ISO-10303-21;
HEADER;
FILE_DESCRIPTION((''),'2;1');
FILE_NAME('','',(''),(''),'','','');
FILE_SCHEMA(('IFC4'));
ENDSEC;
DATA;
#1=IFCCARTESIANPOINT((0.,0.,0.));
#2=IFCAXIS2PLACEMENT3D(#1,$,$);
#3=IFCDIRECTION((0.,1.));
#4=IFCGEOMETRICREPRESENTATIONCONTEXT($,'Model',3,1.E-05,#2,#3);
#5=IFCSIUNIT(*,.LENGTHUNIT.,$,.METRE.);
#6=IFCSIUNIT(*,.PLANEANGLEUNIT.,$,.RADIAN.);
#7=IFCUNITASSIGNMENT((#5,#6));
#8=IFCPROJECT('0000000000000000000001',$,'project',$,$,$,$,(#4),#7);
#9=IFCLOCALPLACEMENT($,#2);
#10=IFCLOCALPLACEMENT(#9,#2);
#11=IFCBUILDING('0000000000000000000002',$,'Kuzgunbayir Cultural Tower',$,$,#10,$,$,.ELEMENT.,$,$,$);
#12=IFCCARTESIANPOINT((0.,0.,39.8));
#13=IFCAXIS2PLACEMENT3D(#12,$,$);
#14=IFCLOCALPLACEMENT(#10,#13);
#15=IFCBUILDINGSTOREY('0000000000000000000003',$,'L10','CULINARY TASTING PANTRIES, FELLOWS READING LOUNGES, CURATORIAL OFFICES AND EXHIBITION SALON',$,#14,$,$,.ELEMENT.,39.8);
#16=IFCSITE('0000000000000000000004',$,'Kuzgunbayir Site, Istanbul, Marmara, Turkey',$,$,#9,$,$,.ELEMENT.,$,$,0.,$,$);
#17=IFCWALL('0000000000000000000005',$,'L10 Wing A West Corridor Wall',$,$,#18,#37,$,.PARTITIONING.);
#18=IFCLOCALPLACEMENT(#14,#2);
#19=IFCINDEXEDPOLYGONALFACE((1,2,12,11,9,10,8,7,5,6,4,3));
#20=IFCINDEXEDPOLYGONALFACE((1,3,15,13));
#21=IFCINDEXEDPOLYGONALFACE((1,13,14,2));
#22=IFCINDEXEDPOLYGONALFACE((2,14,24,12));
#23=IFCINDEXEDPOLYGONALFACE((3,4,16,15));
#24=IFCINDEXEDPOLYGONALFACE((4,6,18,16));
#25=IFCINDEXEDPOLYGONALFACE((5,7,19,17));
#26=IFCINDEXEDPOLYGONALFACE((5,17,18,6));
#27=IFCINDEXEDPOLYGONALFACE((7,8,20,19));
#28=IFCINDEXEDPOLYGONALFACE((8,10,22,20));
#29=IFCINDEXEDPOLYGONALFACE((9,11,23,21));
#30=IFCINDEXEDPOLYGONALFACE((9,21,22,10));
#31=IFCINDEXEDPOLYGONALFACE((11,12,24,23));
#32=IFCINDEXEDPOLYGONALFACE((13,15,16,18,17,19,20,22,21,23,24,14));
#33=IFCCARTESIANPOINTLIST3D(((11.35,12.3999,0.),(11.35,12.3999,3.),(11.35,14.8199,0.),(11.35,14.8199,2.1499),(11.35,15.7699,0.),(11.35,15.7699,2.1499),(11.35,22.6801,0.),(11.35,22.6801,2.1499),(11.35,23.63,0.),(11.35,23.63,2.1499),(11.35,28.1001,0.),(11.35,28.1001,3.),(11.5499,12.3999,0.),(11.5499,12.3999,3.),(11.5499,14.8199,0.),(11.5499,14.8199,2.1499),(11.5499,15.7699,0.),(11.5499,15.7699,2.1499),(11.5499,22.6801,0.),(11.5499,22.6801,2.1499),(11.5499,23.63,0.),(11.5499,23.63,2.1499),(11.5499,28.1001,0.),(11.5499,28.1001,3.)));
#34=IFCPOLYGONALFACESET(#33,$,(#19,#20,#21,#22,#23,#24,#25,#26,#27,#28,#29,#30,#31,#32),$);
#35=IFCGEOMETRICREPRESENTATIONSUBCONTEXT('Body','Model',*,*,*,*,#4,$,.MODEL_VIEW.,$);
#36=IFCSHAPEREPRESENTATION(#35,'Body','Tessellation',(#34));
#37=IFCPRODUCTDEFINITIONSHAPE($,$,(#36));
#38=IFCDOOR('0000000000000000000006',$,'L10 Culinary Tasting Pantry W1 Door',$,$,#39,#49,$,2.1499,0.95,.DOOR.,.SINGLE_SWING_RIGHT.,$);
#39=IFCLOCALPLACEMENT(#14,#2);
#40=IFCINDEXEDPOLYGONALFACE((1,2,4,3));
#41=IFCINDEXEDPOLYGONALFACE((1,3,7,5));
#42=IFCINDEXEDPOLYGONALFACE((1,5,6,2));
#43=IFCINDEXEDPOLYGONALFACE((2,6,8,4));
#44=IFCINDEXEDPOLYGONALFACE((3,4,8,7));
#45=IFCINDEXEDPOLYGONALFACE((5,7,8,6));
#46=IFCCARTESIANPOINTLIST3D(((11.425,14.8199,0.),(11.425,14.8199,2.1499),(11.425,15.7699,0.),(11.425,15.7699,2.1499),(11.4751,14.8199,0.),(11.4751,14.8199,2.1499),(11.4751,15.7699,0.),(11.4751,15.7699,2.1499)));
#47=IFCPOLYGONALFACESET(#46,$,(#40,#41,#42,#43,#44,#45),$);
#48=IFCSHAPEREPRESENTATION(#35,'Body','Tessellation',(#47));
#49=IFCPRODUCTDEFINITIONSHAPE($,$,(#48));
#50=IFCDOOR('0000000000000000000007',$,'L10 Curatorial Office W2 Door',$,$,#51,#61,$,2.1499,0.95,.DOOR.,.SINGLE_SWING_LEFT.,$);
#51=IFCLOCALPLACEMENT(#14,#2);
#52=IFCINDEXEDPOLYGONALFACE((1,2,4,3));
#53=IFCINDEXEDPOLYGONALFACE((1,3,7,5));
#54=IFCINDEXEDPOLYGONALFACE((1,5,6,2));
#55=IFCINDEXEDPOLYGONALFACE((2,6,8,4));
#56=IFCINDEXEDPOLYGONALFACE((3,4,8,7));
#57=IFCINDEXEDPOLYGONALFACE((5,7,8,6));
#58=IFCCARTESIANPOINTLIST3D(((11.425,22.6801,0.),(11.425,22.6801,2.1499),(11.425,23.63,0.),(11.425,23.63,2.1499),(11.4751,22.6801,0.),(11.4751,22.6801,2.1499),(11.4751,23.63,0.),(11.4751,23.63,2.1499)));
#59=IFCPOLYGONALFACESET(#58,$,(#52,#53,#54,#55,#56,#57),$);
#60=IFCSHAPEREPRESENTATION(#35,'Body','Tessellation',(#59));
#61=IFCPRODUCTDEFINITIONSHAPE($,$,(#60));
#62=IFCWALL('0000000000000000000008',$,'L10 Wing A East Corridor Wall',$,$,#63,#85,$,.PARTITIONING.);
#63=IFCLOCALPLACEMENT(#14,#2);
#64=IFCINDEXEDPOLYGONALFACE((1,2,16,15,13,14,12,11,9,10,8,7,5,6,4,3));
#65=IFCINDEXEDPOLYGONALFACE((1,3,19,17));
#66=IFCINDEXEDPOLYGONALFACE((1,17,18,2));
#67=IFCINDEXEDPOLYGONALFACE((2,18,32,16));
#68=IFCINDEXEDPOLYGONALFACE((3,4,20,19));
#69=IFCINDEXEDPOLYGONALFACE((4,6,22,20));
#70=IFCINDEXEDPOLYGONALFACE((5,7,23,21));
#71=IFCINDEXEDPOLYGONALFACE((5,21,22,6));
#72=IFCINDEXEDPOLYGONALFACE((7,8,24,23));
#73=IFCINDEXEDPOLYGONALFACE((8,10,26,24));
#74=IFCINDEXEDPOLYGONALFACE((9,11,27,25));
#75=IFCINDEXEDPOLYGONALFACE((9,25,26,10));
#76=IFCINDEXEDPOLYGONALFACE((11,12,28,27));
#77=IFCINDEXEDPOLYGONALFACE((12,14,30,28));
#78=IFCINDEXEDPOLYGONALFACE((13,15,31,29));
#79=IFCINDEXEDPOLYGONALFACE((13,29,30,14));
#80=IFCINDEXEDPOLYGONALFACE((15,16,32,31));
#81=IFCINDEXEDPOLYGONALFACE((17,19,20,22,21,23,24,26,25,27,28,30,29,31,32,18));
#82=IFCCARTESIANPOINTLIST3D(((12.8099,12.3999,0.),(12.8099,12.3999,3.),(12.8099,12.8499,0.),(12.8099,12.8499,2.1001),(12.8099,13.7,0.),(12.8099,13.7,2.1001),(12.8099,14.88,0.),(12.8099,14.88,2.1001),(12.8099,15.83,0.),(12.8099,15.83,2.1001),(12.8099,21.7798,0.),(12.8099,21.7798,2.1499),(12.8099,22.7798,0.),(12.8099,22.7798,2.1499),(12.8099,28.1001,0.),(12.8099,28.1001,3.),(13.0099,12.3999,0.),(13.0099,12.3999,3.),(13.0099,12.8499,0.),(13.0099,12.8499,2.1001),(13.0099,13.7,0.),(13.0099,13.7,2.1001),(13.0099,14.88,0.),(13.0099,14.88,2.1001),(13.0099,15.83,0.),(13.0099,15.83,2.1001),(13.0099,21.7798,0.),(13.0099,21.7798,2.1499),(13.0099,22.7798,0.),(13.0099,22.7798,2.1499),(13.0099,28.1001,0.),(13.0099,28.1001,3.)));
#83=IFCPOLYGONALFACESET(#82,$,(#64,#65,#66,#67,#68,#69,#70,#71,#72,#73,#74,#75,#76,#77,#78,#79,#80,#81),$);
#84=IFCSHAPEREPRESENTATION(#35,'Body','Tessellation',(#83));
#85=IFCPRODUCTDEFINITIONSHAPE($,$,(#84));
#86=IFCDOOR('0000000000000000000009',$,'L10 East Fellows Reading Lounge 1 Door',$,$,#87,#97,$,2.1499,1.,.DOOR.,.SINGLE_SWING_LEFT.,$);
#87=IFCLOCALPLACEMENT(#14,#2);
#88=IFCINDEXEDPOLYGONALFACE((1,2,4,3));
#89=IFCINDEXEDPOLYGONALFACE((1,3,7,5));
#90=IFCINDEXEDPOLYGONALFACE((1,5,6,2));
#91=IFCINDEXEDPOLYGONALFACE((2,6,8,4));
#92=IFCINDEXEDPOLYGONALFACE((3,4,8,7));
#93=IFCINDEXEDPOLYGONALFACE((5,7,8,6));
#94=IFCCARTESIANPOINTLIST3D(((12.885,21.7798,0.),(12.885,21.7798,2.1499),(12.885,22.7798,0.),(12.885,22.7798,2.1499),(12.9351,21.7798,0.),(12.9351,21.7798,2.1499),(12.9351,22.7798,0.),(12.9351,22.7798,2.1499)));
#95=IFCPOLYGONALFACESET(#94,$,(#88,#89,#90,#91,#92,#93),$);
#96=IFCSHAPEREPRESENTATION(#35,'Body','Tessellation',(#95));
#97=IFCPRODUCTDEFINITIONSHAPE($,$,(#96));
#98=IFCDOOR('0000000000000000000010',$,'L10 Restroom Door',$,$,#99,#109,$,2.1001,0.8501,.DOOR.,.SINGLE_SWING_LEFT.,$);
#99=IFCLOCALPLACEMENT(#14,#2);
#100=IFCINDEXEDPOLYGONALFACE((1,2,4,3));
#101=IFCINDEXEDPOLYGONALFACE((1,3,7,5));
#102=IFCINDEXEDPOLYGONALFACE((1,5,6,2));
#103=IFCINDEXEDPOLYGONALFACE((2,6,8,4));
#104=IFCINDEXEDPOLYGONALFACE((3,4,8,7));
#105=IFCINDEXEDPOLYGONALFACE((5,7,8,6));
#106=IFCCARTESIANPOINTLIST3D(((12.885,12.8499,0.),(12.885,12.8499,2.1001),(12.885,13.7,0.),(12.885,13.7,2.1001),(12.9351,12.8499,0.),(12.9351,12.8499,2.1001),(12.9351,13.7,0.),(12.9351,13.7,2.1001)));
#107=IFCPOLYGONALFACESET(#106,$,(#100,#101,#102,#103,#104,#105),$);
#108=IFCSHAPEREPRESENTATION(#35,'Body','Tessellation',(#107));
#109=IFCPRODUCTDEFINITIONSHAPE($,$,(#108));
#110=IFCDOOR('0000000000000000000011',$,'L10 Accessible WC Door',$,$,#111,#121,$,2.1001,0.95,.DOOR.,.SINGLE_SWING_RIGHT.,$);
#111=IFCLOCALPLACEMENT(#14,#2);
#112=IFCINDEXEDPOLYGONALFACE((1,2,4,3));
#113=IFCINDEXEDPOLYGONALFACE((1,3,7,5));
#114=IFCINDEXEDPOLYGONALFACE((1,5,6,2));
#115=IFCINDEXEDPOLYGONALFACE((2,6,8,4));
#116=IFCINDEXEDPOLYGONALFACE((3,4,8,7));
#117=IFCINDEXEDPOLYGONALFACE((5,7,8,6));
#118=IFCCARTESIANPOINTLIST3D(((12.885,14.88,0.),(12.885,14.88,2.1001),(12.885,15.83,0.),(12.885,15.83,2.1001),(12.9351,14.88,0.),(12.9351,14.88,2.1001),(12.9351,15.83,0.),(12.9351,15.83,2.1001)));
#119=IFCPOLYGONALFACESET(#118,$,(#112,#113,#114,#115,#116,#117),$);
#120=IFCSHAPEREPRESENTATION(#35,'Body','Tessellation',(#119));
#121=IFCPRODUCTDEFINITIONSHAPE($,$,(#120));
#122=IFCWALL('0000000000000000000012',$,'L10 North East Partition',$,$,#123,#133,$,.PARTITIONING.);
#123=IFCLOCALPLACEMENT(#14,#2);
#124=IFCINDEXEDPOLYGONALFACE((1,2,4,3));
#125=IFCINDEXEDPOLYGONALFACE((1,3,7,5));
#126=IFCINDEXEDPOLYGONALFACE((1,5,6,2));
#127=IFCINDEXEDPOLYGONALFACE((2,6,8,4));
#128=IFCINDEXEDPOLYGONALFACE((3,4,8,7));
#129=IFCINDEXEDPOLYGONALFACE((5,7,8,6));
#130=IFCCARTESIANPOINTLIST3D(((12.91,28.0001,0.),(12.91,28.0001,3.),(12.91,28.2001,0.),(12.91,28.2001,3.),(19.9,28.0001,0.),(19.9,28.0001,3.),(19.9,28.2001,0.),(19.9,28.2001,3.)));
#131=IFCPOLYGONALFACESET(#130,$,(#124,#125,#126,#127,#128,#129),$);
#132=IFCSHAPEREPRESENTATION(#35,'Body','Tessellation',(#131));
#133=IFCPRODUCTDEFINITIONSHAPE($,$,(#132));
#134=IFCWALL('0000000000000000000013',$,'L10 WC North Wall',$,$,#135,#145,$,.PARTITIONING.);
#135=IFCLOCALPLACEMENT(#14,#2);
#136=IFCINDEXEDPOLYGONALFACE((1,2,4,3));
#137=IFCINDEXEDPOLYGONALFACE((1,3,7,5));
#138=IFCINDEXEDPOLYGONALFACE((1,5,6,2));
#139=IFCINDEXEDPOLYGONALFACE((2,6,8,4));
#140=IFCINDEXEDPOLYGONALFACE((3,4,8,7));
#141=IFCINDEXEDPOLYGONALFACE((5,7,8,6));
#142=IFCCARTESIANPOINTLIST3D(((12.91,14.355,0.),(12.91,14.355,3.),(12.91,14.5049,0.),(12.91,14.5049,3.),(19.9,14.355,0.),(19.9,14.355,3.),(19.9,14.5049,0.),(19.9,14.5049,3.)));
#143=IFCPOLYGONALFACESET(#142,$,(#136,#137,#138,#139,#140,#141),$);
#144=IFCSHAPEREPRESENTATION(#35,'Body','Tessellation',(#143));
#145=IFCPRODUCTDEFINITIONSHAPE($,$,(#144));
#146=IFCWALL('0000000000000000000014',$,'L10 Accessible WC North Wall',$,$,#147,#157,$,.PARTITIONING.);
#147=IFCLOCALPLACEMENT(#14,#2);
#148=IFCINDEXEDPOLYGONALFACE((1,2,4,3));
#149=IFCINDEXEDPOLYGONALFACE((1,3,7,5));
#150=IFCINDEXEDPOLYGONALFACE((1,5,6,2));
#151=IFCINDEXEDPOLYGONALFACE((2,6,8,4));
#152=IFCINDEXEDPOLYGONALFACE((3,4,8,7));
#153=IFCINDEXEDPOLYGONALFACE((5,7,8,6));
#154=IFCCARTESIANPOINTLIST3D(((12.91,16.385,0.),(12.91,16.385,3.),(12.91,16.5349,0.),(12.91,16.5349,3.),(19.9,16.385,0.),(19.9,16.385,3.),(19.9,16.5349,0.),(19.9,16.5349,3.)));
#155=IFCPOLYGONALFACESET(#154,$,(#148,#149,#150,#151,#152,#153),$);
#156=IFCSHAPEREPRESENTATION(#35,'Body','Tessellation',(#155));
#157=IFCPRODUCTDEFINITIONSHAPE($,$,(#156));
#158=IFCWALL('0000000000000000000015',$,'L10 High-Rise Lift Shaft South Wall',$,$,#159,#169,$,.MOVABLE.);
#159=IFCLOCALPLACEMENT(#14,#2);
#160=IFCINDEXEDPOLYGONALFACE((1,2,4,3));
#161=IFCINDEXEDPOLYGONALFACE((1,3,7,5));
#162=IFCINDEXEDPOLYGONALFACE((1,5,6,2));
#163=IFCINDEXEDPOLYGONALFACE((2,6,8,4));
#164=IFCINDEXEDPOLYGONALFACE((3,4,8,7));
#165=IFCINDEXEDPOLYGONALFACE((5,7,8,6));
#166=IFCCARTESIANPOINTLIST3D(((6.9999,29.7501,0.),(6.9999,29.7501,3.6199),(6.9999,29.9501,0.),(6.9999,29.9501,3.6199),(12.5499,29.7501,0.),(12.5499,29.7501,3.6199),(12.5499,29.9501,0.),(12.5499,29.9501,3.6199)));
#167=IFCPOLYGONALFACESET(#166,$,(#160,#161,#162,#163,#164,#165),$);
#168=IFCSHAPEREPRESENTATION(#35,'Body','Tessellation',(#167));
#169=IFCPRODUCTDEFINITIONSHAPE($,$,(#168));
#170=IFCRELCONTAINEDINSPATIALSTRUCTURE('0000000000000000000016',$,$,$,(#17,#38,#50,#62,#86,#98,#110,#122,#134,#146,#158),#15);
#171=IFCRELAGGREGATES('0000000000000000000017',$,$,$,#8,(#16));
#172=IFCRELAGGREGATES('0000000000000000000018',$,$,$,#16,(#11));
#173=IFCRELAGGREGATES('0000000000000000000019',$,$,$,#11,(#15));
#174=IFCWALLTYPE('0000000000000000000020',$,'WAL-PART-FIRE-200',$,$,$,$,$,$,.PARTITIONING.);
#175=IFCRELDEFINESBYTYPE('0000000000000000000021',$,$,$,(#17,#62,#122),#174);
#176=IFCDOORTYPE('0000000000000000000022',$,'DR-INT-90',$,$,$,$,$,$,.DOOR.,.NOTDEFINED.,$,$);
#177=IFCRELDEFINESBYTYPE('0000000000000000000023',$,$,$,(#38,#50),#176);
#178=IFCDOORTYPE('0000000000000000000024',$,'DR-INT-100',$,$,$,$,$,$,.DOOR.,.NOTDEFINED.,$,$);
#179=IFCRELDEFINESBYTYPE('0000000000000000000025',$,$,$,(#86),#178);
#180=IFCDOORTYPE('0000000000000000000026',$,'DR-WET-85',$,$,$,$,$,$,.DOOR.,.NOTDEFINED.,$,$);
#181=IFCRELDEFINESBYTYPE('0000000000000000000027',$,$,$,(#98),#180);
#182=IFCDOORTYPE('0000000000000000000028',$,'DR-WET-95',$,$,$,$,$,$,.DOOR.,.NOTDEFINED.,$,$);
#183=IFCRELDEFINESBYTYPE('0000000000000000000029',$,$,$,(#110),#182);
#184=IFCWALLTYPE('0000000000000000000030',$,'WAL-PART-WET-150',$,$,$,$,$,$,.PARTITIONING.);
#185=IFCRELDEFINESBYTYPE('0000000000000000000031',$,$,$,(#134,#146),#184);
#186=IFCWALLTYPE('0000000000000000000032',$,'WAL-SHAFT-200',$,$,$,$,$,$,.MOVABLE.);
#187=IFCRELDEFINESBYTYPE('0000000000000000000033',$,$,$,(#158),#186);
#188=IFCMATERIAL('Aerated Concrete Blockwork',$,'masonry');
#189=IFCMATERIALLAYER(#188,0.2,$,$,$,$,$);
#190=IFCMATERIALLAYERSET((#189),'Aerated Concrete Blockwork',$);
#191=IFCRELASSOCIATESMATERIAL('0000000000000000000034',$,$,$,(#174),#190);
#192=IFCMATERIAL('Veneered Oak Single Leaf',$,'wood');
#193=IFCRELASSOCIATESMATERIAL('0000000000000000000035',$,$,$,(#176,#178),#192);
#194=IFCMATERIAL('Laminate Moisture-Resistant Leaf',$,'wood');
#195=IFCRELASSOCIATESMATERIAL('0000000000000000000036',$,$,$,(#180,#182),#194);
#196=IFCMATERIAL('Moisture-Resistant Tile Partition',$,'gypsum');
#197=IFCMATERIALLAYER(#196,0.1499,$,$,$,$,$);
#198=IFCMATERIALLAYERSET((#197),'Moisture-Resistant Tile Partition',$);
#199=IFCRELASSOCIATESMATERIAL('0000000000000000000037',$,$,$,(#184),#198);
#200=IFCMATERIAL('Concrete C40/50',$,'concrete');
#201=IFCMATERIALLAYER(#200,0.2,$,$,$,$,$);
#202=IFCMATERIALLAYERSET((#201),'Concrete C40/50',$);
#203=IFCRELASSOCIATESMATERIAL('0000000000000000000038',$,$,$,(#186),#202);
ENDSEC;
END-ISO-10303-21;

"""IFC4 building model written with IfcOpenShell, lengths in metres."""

from ifc_helpers import new_model, si_unit, direction, frame, frame_2d, origin, place, context, subcontext, project, spatial, rectangle, extrude, material, layer, layer_set, type_object, element, fill, save


model = new_model("IFC4")

# Units and contexts
model_context = context("Model", 3, precision=1e-05, world=origin(), true_north=direction((0.0, 1.0)))
body_context = subcontext(model_context, "Body", "Model", "MODEL_VIEW")
ifc_project = project(units=[si_unit("LENGTHUNIT", "METRE"), si_unit("PLANEANGLEUNIT", "RADIAN")], contexts=[model_context])

# Site, building, storey
site_placement = place(None, origin())
site = spatial("IfcSite", under=ifc_project, at=site_placement, Name="Kuzgunbayir Site, Istanbul, Marmara, Turkey", CompositionType="ELEMENT", RefElevation=0.0)
building_placement = place(site_placement, origin())
building = spatial("IfcBuilding", under=site, at=building_placement, Name="Kuzgunbayir Cultural Tower", CompositionType="ELEMENT")
storey_placement = place(building_placement, frame((0.0, 0.0, 39.8)))
storey = spatial("IfcBuildingStorey", under=building, at=storey_placement, Name="L10", Description="CULINARY TASTING PANTRIES, FELLOWS READING LOUNGES, CURATORIAL OFFICES AND EXHIBITION SALON", CompositionType="ELEMENT", Elevation=39.8)

# Shared definitions
ifc_material_1 = material(Name="Aerated Concrete Blockwork", Category="masonry")
ifc_layer_1 = layer(ifc_material_1, 0.2)
ifc_layer_set_1 = layer_set([ifc_layer_1], Name="Aerated Concrete Blockwork")
wall_type_1 = type_object("IfcWallType", Name="WAL-PART-FIRE-200", PredefinedType="PARTITIONING", material=ifc_layer_set_1)

# Walls, openings, doors
wall_1_placement = place(storey_placement, frame((11.45, 12.3999, 0.0), z_axis=(0.0, 0.0, 1.0), x_axis=(0.0, 1.0, 0.0)))
wall_1 = element("IfcWall", 1, at=wall_1_placement, inside=storey, type_object=wall_type_1, Name="L10 Wing A West Corridor Wall", PredefinedType="PARTITIONING", context=body_context, shape_type="SweptSolid", body=[
    extrude(rectangle(XDim=15.7002, YDim=0.2, at=frame_2d((7.8501, 0.0))), origin(), (0.0, 0.0, 1.0), 3.0),
])
opening_1_placement = place(wall_1_placement, frame((2.4199, 0.0, 0.0)))
opening_1 = element("IfcOpeningElement", 2, at=opening_1_placement, cuts=wall_1, PredefinedType="OPENING", context=body_context, shape_type="SweptSolid", body=[
    extrude(rectangle(XDim=0.95, YDim=2.1499, at=frame_2d((0.4751, 1.075))), frame((0.0, 0.1099, 0.0), z_axis=(0.0, -1.0, 0.0), x_axis=(1.0, 0.0, 0.0)), (0.0, 0.0, 1.0), 0.22),
])
opening_2_placement = place(wall_1_placement, frame((10.28, 0.0, 0.0)))
opening_2 = element("IfcOpeningElement", 3, at=opening_2_placement, cuts=wall_1, PredefinedType="OPENING", context=body_context, shape_type="SweptSolid", body=[
    extrude(rectangle(XDim=0.95, YDim=2.1499, at=frame_2d((0.4751, 1.075))), frame((0.0, 0.1099, 0.0), z_axis=(0.0, -1.0, 0.0), x_axis=(1.0, 0.0, 0.0)), (0.0, 0.0, 1.0), 0.22),
])
ifc_material_2 = material(Name="Veneered Oak Single Leaf", Category="wood")
door_type_1 = type_object("IfcDoorType", Name="DR-INT-90", OperationType="NOTDEFINED", PredefinedType="DOOR", material=ifc_material_2)
door_1_placement = place(opening_1_placement, origin())
door_1 = element("IfcDoor", 4, at=door_1_placement, inside=storey, type_object=door_type_1, Name="L10 Culinary Tasting Pantry W1 Door", OperationType="SINGLE_SWING_RIGHT", OverallHeight=2.1499, OverallWidth=0.95, PredefinedType="DOOR", context=body_context, shape_type="SweptSolid", body=[
    extrude(rectangle(XDim=0.95, YDim=2.1499, at=frame_2d((0.4751, 1.075))), frame((0.0, 0.0249, 0.0), z_axis=(0.0, -1.0, 0.0), x_axis=(1.0, 0.0, 0.0)), (0.0, 0.0, 1.0), 0.05),
])
fill(opening_1, door_1)
door_2_placement = place(opening_2_placement, origin())
door_2 = element("IfcDoor", 5, at=door_2_placement, inside=storey, type_object=door_type_1, Name="L10 Curatorial Office W2 Door", OperationType="SINGLE_SWING_LEFT", OverallHeight=2.1499, OverallWidth=0.95, PredefinedType="DOOR", context=body_context, shape_type="SweptSolid", body=[
    extrude(rectangle(XDim=0.95, YDim=2.1499, at=frame_2d((0.4751, 1.075))), frame((0.0, 0.0249, 0.0), z_axis=(0.0, -1.0, 0.0), x_axis=(1.0, 0.0, 0.0)), (0.0, 0.0, 1.0), 0.05),
])
fill(opening_2, door_2)
wall_2_placement = place(storey_placement, frame((12.9099, 12.3999, 0.0), z_axis=(0.0, 0.0, 1.0), x_axis=(0.0, 1.0, 0.0)))
wall_2 = element("IfcWall", 6, at=wall_2_placement, inside=storey, type_object=wall_type_1, Name="L10 Wing A East Corridor Wall", PredefinedType="PARTITIONING", context=body_context, shape_type="SweptSolid", body=[
    extrude(rectangle(XDim=15.7002, YDim=0.2, at=frame_2d((7.8501, 0.0))), origin(), (0.0, 0.0, 1.0), 3.0),
])
opening_3_placement = place(wall_2_placement, frame((0.45, 0.0, 0.0)))
opening_3 = element("IfcOpeningElement", 7, at=opening_3_placement, cuts=wall_2, PredefinedType="OPENING", context=body_context, shape_type="SweptSolid", body=[
    extrude(rectangle(XDim=0.8501, YDim=2.1001, at=frame_2d((0.425, 1.05))), frame((0.0, 0.1099, 0.0), z_axis=(0.0, -1.0, 0.0), x_axis=(1.0, 0.0, 0.0)), (0.0, 0.0, 1.0), 0.22),
])
opening_4_placement = place(wall_2_placement, frame((2.48, 0.0, 0.0)))
opening_4 = element("IfcOpeningElement", 8, at=opening_4_placement, cuts=wall_2, PredefinedType="OPENING", context=body_context, shape_type="SweptSolid", body=[
    extrude(rectangle(XDim=0.95, YDim=2.1001, at=frame_2d((0.4751, 1.05))), frame((0.0, 0.1099, 0.0), z_axis=(0.0, -1.0, 0.0), x_axis=(1.0, 0.0, 0.0)), (0.0, 0.0, 1.0), 0.22),
])
opening_5_placement = place(wall_2_placement, frame((9.3799, 0.0, 0.0)))
opening_5 = element("IfcOpeningElement", 9, at=opening_5_placement, cuts=wall_2, PredefinedType="OPENING", context=body_context, shape_type="SweptSolid", body=[
    extrude(rectangle(XDim=1.0, YDim=2.1499, at=frame_2d((0.5, 1.075))), frame((0.0, 0.1099, 0.0), z_axis=(0.0, -1.0, 0.0), x_axis=(1.0, 0.0, 0.0)), (0.0, 0.0, 1.0), 0.22),
])
door_type_2 = type_object("IfcDoorType", Name="DR-INT-100", OperationType="NOTDEFINED", PredefinedType="DOOR", material=ifc_material_2)
door_3_placement = place(opening_5_placement, origin())
door_3 = element("IfcDoor", 10, at=door_3_placement, inside=storey, type_object=door_type_2, Name="L10 East Fellows Reading Lounge 1 Door", OperationType="SINGLE_SWING_LEFT", OverallHeight=2.1499, OverallWidth=1.0, PredefinedType="DOOR", context=body_context, shape_type="SweptSolid", body=[
    extrude(rectangle(XDim=1.0, YDim=2.1499, at=frame_2d((0.5, 1.075))), frame((0.0, 0.0249, 0.0), z_axis=(0.0, -1.0, 0.0), x_axis=(1.0, 0.0, 0.0)), (0.0, 0.0, 1.0), 0.05),
])
fill(opening_5, door_3)
ifc_material_3 = material(Name="Laminate Moisture-Resistant Leaf", Category="wood")
door_type_3 = type_object("IfcDoorType", Name="DR-WET-85", OperationType="NOTDEFINED", PredefinedType="DOOR", material=ifc_material_3)
door_4_placement = place(opening_3_placement, origin())
door_4 = element("IfcDoor", 11, at=door_4_placement, inside=storey, type_object=door_type_3, Name="L10 Restroom Door", OperationType="SINGLE_SWING_LEFT", OverallHeight=2.1001, OverallWidth=0.8501, PredefinedType="DOOR", context=body_context, shape_type="SweptSolid", body=[
    extrude(rectangle(XDim=0.8501, YDim=2.1001, at=frame_2d((0.425, 1.05))), frame((0.0, 0.0249, 0.0), z_axis=(0.0, -1.0, 0.0), x_axis=(1.0, 0.0, 0.0)), (0.0, 0.0, 1.0), 0.05),
])
fill(opening_3, door_4)
door_type_4 = type_object("IfcDoorType", Name="DR-WET-95", OperationType="NOTDEFINED", PredefinedType="DOOR", material=ifc_material_3)
door_5_placement = place(opening_4_placement, origin())
door_5 = element("IfcDoor", 12, at=door_5_placement, inside=storey, type_object=door_type_4, Name="L10 Accessible WC Door", OperationType="SINGLE_SWING_RIGHT", OverallHeight=2.1001, OverallWidth=0.95, PredefinedType="DOOR", context=body_context, shape_type="SweptSolid", body=[
    extrude(rectangle(XDim=0.95, YDim=2.1001, at=frame_2d((0.4751, 1.05))), frame((0.0, 0.0249, 0.0), z_axis=(0.0, -1.0, 0.0), x_axis=(1.0, 0.0, 0.0)), (0.0, 0.0, 1.0), 0.05),
])
fill(opening_4, door_5)

# Walls
wall_3_placement = place(storey_placement, frame((12.9099, 28.1001, 0.0), z_axis=(0.0, 0.0, 1.0), x_axis=(1.0, 0.0, 0.0)))
element("IfcWall", 13, at=wall_3_placement, inside=storey, type_object=wall_type_1, Name="L10 North East Partition", PredefinedType="PARTITIONING", context=body_context, shape_type="SweptSolid", body=[
    extrude(rectangle(XDim=6.99, YDim=0.2, at=frame_2d((3.4951, 0.0))), origin(), (0.0, 0.0, 1.0), 3.0),
])
ifc_material_4 = material(Name="Moisture-Resistant Tile Partition", Category="gypsum")
ifc_layer_2 = layer(ifc_material_4, 0.1499)
ifc_layer_set_2 = layer_set([ifc_layer_2], Name="Moisture-Resistant Tile Partition")
wall_type_2 = type_object("IfcWallType", Name="WAL-PART-WET-150", PredefinedType="PARTITIONING", material=ifc_layer_set_2)
for number, where, z_axis, x_axis, name in (
    (14, (12.9099, 14.4299, 0.0), (0.0, 0.0, 1.0), (1.0, 0.0, 0.0), "L10 WC North Wall"),
    (15, (12.9099, 16.46, 0.0), (0.0, 0.0, 1.0), (1.0, 0.0, 0.0), "L10 Accessible WC North Wall"),
):
    element("IfcWall", number, at=place(storey_placement, frame(where, z_axis=z_axis, x_axis=x_axis)), inside=storey, type_object=wall_type_2, Name=name, PredefinedType="PARTITIONING", context=body_context, shape_type="SweptSolid", body=[
        extrude(rectangle(XDim=6.99, YDim=0.1499, at=frame_2d((3.4951, 0.0))), origin(), (0.0, 0.0, 1.0), 3.0),
    ])
ifc_material_5 = material(Name="Concrete C40/50", Category="concrete")
ifc_layer_3 = layer(ifc_material_5, 0.2)
ifc_layer_set_3 = layer_set([ifc_layer_3], Name="Concrete C40/50")
wall_type_3 = type_object("IfcWallType", Name="WAL-SHAFT-200", PredefinedType="MOVABLE", material=ifc_layer_set_3)
wall_4_placement = place(storey_placement, frame((7.0, 29.8501, 0.0), z_axis=(0.0, 0.0, 1.0), x_axis=(1.0, 0.0, 0.0)))
element("IfcWall", 16, at=wall_4_placement, inside=storey, type_object=wall_type_3, Name="L10 High-Rise Lift Shaft South Wall", PredefinedType="MOVABLE", context=body_context, shape_type="SweptSolid", body=[
    extrude(rectangle(XDim=5.55, YDim=0.2, at=frame_2d((2.7749, 0.0))), origin(), (0.0, 0.0, 1.0), 3.6199),
])

save(model, "model.ifc")
